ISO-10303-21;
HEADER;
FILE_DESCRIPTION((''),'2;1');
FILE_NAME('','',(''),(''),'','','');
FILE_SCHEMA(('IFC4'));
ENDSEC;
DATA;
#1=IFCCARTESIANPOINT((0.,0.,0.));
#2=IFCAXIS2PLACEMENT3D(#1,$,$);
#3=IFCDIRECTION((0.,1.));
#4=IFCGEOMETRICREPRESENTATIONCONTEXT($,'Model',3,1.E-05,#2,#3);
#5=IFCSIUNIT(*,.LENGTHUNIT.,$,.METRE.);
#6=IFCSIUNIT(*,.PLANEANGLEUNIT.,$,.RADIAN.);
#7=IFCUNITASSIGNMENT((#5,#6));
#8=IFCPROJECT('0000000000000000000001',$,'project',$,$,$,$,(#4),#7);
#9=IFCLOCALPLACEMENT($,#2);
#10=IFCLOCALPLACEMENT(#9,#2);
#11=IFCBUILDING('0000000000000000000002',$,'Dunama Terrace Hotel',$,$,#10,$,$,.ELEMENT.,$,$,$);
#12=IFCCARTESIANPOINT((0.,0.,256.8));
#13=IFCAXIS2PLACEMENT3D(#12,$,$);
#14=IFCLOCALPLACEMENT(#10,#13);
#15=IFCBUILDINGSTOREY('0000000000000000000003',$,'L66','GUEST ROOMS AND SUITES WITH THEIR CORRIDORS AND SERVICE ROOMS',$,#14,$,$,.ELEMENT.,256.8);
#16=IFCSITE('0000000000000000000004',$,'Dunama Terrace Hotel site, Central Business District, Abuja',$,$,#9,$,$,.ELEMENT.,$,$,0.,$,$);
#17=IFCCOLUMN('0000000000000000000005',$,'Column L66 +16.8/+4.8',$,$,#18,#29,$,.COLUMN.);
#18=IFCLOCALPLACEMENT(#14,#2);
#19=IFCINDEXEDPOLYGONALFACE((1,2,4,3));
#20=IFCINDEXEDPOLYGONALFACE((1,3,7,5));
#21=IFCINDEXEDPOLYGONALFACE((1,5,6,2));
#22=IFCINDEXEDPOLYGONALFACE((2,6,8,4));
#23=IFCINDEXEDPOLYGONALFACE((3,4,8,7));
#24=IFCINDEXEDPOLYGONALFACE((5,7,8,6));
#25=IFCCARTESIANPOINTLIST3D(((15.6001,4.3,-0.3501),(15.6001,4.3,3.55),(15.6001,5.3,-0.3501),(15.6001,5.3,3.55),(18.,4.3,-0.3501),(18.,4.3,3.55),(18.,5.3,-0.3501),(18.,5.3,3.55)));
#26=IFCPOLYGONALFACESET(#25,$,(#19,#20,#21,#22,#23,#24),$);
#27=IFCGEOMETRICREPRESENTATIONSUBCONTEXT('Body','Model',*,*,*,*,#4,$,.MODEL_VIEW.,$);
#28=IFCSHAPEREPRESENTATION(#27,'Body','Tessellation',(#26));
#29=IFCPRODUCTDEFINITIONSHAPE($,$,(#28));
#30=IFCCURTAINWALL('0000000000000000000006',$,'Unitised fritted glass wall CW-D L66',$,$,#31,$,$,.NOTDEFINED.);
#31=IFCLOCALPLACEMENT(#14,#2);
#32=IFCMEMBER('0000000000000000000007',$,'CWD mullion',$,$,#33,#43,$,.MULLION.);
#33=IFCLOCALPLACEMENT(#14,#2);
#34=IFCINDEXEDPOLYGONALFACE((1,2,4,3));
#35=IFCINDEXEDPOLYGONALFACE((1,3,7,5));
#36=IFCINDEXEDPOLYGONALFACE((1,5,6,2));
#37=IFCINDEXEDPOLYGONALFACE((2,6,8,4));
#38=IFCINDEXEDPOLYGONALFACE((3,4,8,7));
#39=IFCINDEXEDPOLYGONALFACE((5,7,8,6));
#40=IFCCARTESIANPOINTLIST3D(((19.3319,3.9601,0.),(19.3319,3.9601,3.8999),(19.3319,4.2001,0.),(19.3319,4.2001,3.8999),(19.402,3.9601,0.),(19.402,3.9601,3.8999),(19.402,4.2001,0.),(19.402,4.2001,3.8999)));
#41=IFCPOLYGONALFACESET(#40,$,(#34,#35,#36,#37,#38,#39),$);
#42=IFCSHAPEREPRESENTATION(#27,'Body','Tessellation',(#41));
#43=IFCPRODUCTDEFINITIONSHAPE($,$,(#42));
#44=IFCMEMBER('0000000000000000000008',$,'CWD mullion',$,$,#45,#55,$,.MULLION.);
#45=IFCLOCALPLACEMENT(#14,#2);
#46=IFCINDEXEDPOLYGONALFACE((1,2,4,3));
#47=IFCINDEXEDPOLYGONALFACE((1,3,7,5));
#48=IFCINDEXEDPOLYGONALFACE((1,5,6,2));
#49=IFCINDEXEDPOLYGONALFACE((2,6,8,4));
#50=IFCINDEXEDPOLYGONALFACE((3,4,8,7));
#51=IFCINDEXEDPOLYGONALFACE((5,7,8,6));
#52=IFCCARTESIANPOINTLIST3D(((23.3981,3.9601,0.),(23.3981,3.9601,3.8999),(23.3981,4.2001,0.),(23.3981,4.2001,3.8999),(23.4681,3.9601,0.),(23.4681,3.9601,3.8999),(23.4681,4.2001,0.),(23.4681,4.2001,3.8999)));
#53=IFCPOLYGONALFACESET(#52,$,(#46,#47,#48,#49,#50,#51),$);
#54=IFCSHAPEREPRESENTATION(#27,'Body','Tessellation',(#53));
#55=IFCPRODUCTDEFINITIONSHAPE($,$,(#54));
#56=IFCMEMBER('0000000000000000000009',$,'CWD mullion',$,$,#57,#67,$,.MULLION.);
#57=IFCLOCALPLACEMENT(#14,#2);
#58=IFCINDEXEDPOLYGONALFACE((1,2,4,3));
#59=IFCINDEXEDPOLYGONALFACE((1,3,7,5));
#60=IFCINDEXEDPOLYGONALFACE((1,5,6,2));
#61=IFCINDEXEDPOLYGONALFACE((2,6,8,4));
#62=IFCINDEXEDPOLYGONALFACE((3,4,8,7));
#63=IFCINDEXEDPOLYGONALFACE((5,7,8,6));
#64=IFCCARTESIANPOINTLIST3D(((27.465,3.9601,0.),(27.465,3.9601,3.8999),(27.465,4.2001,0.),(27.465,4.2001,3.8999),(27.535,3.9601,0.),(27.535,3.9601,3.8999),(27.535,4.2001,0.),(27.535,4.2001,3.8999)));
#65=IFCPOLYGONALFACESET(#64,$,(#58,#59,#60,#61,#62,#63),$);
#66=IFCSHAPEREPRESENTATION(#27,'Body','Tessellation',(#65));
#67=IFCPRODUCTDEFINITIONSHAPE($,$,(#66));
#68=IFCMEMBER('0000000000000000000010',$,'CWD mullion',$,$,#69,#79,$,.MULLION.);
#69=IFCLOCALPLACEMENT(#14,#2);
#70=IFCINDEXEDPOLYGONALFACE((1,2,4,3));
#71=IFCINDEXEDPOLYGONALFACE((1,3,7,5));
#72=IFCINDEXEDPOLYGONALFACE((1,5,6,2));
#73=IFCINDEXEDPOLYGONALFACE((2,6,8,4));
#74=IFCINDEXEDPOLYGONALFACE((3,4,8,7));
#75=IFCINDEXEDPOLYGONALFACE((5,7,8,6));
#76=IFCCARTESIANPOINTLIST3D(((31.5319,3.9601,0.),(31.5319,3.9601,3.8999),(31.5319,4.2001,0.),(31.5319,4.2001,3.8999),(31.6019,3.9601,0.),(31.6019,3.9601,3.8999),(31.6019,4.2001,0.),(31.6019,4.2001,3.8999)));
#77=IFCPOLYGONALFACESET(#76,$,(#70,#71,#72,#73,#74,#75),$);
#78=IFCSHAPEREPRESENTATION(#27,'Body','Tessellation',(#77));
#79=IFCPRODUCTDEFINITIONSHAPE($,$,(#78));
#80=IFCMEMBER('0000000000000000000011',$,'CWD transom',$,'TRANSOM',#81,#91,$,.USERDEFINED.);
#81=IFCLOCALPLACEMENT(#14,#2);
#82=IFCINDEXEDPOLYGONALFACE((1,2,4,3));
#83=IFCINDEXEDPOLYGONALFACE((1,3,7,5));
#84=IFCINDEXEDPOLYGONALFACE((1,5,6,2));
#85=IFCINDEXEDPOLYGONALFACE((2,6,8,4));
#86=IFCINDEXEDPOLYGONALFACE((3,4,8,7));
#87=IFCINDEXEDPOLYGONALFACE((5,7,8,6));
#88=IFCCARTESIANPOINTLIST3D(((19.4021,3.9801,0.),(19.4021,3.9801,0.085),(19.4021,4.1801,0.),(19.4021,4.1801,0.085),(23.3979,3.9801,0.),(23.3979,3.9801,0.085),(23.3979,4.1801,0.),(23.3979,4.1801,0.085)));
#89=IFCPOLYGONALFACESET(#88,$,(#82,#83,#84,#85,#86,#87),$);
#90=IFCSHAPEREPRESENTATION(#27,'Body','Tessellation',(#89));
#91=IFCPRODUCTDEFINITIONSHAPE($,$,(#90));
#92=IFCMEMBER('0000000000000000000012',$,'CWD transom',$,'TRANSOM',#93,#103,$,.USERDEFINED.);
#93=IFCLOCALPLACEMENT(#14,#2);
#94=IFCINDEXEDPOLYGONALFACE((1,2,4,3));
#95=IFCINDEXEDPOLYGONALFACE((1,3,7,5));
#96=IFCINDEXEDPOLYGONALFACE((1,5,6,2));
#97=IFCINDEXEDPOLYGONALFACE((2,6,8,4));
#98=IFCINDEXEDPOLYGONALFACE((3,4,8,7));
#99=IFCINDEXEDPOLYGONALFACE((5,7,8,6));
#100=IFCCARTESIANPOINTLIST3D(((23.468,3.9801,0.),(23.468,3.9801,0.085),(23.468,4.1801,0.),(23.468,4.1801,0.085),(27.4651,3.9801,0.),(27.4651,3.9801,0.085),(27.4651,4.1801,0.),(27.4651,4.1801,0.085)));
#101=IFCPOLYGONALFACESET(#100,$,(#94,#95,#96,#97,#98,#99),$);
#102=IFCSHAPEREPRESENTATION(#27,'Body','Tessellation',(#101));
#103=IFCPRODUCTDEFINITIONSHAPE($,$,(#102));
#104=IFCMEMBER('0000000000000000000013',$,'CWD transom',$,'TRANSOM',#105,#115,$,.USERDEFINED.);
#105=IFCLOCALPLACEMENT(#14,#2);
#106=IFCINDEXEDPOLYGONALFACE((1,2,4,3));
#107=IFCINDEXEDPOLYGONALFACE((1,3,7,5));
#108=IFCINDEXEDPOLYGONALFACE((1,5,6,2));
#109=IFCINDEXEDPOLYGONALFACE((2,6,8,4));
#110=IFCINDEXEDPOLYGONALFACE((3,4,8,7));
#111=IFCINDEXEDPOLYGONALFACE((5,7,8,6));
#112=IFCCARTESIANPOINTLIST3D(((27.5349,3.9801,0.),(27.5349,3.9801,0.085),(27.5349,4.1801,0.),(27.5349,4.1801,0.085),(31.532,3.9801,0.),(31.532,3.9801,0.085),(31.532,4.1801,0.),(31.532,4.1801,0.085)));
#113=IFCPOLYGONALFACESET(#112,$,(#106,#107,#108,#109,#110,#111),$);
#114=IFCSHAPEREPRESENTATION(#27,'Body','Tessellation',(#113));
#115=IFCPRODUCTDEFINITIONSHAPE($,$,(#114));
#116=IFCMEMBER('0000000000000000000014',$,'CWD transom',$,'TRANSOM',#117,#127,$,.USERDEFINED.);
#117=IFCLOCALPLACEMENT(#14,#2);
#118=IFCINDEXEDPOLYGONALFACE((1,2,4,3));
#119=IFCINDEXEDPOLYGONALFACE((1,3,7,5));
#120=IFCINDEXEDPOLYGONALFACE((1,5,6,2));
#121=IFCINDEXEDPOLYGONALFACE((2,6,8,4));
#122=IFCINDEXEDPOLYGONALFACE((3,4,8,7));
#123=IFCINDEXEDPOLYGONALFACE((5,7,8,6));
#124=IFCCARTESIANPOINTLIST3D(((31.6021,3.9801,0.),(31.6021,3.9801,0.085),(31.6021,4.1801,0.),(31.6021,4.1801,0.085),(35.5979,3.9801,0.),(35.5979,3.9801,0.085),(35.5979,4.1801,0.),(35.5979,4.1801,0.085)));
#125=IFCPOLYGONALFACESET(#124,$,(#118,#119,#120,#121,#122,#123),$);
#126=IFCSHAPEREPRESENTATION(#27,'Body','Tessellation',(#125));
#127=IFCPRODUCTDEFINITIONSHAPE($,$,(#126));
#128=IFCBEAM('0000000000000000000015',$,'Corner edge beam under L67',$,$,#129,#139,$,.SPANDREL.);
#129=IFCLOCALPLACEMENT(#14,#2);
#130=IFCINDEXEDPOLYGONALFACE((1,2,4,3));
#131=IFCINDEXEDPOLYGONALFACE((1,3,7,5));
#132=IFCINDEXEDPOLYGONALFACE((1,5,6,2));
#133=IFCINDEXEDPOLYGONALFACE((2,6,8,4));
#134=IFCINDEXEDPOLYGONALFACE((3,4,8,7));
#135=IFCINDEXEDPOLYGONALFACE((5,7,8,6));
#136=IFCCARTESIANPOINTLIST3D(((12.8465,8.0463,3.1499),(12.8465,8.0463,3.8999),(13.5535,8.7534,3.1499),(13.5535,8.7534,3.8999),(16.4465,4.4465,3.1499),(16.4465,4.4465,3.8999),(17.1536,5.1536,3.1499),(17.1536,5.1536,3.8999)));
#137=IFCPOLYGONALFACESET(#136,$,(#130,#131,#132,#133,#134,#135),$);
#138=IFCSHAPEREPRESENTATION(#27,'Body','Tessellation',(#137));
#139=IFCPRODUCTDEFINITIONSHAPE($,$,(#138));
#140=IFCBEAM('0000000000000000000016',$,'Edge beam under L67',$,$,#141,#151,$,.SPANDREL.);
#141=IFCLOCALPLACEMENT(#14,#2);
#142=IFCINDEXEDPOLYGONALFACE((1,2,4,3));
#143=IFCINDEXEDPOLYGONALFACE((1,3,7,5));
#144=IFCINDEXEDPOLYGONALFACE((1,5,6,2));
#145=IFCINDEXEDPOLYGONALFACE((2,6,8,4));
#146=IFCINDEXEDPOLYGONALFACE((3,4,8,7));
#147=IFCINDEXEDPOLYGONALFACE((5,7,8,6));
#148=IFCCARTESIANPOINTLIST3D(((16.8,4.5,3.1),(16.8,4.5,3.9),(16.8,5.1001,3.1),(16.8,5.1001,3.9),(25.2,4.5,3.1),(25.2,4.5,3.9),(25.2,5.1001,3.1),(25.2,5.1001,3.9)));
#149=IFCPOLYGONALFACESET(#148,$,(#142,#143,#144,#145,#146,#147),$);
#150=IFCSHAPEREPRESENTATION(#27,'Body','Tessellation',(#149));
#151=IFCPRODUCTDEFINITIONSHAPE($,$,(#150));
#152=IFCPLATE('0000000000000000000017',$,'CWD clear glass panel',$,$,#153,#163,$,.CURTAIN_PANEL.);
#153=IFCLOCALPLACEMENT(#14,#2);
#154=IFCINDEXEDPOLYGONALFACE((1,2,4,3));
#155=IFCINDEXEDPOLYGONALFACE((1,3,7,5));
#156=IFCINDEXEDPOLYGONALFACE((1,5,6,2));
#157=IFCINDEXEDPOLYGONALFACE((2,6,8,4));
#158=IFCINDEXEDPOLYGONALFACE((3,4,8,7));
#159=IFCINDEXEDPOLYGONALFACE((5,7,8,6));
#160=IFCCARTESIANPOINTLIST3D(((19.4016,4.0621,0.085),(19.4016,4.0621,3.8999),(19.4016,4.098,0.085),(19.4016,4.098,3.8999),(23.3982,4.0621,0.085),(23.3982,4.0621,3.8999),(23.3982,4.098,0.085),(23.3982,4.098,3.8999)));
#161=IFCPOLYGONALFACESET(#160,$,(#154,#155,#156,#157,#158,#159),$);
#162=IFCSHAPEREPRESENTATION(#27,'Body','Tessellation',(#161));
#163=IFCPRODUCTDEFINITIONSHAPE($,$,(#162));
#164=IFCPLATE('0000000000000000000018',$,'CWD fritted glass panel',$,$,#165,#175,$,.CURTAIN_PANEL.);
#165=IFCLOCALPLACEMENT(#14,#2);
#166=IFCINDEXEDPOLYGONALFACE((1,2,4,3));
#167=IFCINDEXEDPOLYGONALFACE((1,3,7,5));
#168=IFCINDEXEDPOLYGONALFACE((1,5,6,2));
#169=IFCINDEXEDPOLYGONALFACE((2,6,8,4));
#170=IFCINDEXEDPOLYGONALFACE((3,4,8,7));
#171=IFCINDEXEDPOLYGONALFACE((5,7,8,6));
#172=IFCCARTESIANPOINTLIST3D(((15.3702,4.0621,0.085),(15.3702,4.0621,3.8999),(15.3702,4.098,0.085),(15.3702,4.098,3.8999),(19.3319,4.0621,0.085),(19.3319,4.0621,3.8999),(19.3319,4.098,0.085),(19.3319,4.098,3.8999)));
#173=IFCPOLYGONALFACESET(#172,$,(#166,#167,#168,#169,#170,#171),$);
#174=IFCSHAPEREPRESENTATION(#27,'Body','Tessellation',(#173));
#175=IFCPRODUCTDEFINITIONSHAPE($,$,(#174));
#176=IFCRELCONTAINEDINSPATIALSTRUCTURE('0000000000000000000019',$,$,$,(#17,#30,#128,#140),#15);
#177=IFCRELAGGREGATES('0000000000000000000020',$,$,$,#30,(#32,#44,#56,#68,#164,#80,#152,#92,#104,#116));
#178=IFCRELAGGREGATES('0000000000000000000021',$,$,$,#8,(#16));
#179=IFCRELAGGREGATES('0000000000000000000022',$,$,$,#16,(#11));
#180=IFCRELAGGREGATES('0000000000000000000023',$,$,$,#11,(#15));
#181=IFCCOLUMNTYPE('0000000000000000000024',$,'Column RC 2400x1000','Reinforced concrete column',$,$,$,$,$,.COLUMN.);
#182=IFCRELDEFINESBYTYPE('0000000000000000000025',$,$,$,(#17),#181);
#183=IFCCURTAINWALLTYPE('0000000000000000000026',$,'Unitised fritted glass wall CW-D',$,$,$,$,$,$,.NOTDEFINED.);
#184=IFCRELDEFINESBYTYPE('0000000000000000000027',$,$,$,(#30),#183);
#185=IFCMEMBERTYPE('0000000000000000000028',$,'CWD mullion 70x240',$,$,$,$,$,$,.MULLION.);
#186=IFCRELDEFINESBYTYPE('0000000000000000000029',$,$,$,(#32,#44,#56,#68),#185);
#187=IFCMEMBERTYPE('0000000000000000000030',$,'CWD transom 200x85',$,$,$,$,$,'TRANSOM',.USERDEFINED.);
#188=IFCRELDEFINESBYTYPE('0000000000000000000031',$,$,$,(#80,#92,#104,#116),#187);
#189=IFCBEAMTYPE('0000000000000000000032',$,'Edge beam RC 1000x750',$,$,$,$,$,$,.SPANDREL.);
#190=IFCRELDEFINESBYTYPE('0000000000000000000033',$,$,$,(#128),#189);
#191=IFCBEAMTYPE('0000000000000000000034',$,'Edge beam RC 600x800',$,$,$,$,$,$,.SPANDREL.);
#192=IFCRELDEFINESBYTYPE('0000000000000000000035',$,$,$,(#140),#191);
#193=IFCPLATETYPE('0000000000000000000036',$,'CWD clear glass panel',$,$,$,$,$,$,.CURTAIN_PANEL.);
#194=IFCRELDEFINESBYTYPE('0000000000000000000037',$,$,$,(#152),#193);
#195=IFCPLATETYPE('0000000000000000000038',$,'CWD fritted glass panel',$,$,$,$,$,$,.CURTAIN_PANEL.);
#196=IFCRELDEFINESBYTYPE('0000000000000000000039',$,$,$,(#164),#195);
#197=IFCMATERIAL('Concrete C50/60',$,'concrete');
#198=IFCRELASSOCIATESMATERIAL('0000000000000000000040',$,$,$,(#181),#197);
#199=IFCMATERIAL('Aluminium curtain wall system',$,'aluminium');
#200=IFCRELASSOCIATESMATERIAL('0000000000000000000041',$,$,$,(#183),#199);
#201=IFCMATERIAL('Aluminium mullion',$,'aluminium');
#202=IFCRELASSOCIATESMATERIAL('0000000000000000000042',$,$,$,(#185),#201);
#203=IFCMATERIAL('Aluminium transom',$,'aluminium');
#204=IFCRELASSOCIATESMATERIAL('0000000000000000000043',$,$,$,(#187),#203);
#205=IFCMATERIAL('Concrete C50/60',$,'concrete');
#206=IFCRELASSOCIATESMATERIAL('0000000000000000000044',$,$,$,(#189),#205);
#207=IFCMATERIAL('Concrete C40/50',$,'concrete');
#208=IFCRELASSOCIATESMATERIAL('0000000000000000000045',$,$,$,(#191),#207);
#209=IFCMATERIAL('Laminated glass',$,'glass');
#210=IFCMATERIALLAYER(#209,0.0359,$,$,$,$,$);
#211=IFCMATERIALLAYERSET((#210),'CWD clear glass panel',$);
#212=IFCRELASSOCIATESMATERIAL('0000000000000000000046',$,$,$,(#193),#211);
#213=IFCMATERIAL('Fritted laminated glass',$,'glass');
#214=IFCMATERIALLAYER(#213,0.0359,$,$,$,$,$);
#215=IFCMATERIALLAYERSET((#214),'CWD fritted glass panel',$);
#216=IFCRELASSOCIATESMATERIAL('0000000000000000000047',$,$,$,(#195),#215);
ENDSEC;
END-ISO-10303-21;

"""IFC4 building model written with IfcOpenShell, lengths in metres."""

from ifc_helpers import new_model, si_unit, direction, frame, origin, origin_2d, place, context, subcontext, project, spatial, rectangle, extrude, material, layer, layer_set, material_profile, profile_set, type_object, element, aggregate, save


model = new_model("IFC4")

# Units and contexts
model_context = context("Model", 3, precision=1e-05, world=origin(), true_north=direction((0.0, 1.0)))
body_context = subcontext(model_context, "Body", "Model", "MODEL_VIEW")
ifc_project = project(units=[si_unit("LENGTHUNIT", "METRE"), si_unit("PLANEANGLEUNIT", "RADIAN")], contexts=[model_context])

# Site, building, storey
site_placement = place(None, origin())
site = spatial("IfcSite", under=ifc_project, at=site_placement, Name="Dunama Terrace Hotel site, Central Business District, Abuja", CompositionType="ELEMENT", RefElevation=0.0)
building_placement = place(site_placement, origin())
building = spatial("IfcBuilding", under=site, at=building_placement, Name="Dunama Terrace Hotel", CompositionType="ELEMENT")
storey_placement = place(building_placement, frame((0.0, 0.0, 256.8)))
storey = spatial("IfcBuildingStorey", under=building, at=storey_placement, Name="L66", Description="GUEST ROOMS AND SUITES WITH THEIR CORRIDORS AND SERVICE ROOMS", CompositionType="ELEMENT", Elevation=256.8)

# Column
ifc_material_1 = material(Name="Concrete C50/60", Category="concrete")
ifc_material_profile_1 = material_profile(ifc_material_1, rectangle(XDim=2.3999, YDim=1.0, at=origin_2d()), Name="RC 2400x1000")
ifc_profile_set_1 = profile_set([ifc_material_profile_1], Name="Concrete C50/60")
column_type = type_object("IfcColumnType", Name="Column RC 2400x1000", Description="Reinforced concrete column", PredefinedType="COLUMN", material=ifc_profile_set_1)
column_placement = place(storey_placement, frame((16.8, 4.8, -0.3501), z_axis=(0.0, 0.0, 1.0), x_axis=(1.0, 0.0, 0.0)))
element("IfcColumn", 1, at=column_placement, inside=storey, type_object=column_type, Name="Column L66 +16.8/+4.8", PredefinedType="COLUMN", context=body_context, shape_type="SweptSolid", body=[
    extrude(rectangle(XDim=2.3999, YDim=1.0, at=origin_2d()), origin(), (0.0, 0.0, 1.0), 3.9001),
])

# Curtain wall, members
ifc_material_2 = material(Name="Aluminium curtain wall system", Category="aluminium")
curtain_wall_type = type_object("IfcCurtainWallType", Name="Unitised fritted glass wall CW-D", PredefinedType="NOTDEFINED", material=ifc_material_2)
curtain_wall_placement = place(storey_placement, origin())
curtain_wall = element("IfcCurtainWall", 2, at=curtain_wall_placement, inside=storey, type_object=curtain_wall_type, Name="Unitised fritted glass wall CW-D L66", PredefinedType="NOTDEFINED")
ifc_material_3 = material(Name="Aluminium mullion", Category="aluminium")
ifc_material_profile_2 = material_profile(ifc_material_3, rectangle(XDim=0.0701, YDim=0.24, at=origin_2d()), Name="CWD MULLION 70X240")
ifc_profile_set_2 = profile_set([ifc_material_profile_2], Name="Aluminium mullion")
member_type_1 = type_object("IfcMemberType", Name="CWD mullion 70x240", PredefinedType="MULLION", material=ifc_profile_set_2)
member_1_placement = place(storey_placement, frame((19.3669, 4.0801, 0.0), z_axis=(0.0, 0.0, 1.0), x_axis=(1.0, 0.0, 0.0)))
member_1 = element("IfcMember", 3, at=member_1_placement, type_object=member_type_1, Name="CWD mullion", PredefinedType="MULLION", context=body_context, shape_type="SweptSolid", body=[
    extrude(rectangle(XDim=0.0701, YDim=0.24, at=origin_2d()), origin(), (0.0, 0.0, 1.0), 3.8999),
])
member_2_placement = place(storey_placement, frame((23.4331, 4.0801, 0.0), z_axis=(0.0, 0.0, 1.0), x_axis=(1.0, 0.0, 0.0)))
member_2 = element("IfcMember", 4, at=member_2_placement, type_object=member_type_1, Name="CWD mullion", PredefinedType="MULLION", context=body_context, shape_type="SweptSolid", body=[
    extrude(rectangle(XDim=0.0701, YDim=0.24, at=origin_2d()), origin(), (0.0, 0.0, 1.0), 3.8999),
])
member_3_placement = place(storey_placement, frame((27.5, 4.0801, 0.0), z_axis=(0.0, 0.0, 1.0), x_axis=(1.0, 0.0, 0.0)))
member_3 = element("IfcMember", 5, at=member_3_placement, type_object=member_type_1, Name="CWD mullion", PredefinedType="MULLION", context=body_context, shape_type="SweptSolid", body=[
    extrude(rectangle(XDim=0.0701, YDim=0.24, at=origin_2d()), origin(), (0.0, 0.0, 1.0), 3.8999),
])
member_4_placement = place(storey_placement, frame((31.5669, 4.0801, 0.0), z_axis=(0.0, 0.0, 1.0), x_axis=(1.0, 0.0, 0.0)))
member_4 = element("IfcMember", 6, at=member_4_placement, type_object=member_type_1, Name="CWD mullion", PredefinedType="MULLION", context=body_context, shape_type="SweptSolid", body=[
    extrude(rectangle(XDim=0.0701, YDim=0.24, at=origin_2d()), origin(), (0.0, 0.0, 1.0), 3.8999),
])
ifc_material_4 = material(Name="Aluminium transom", Category="aluminium")
ifc_material_profile_3 = material_profile(ifc_material_4, rectangle(XDim=0.2, YDim=0.085, at=origin_2d()), Name="CWD TRANSOM 200X85")
ifc_profile_set_3 = profile_set([ifc_material_profile_3], Name="Aluminium transom")
member_type_2 = type_object("IfcMemberType", Name="CWD transom 200x85", ElementType="TRANSOM", PredefinedType="USERDEFINED", material=ifc_profile_set_3)
member_5_placement = place(storey_placement, frame((19.4021, 4.0801, 0.0425), z_axis=(1.0, 0.0, 0.0), x_axis=(0.0, 1.0, 0.0)))
member_5 = element("IfcMember", 7, at=member_5_placement, type_object=member_type_2, Name="CWD transom", ObjectType="TRANSOM", PredefinedType="USERDEFINED", context=body_context, shape_type="SweptSolid", body=[
    extrude(rectangle(XDim=0.2, YDim=0.085, at=origin_2d()), origin(), (0.0, 0.0, 1.0), 3.9958),
])
member_6_placement = place(storey_placement, frame((23.468, 4.0801, 0.0425), z_axis=(1.0, 0.0, 0.0), x_axis=(0.0, 1.0, 0.0)))
member_6 = element("IfcMember", 8, at=member_6_placement, type_object=member_type_2, Name="CWD transom", ObjectType="TRANSOM", PredefinedType="USERDEFINED", context=body_context, shape_type="SweptSolid", body=[
    extrude(rectangle(XDim=0.2, YDim=0.085, at=origin_2d()), origin(), (0.0, 0.0, 1.0), 3.9971),
])
member_7_placement = place(storey_placement, frame((27.5349, 4.0801, 0.0425), z_axis=(1.0, 0.0, 0.0), x_axis=(0.0, 1.0, 0.0)))
member_7 = element("IfcMember", 9, at=member_7_placement, type_object=member_type_2, Name="CWD transom", ObjectType="TRANSOM", PredefinedType="USERDEFINED", context=body_context, shape_type="SweptSolid", body=[
    extrude(rectangle(XDim=0.2, YDim=0.085, at=origin_2d()), origin(), (0.0, 0.0, 1.0), 3.9971),
])
member_8_placement = place(storey_placement, frame((31.6021, 4.0801, 0.0425), z_axis=(1.0, 0.0, 0.0), x_axis=(0.0, 1.0, 0.0)))
member_8 = element("IfcMember", 10, at=member_8_placement, type_object=member_type_2, Name="CWD transom", ObjectType="TRANSOM", PredefinedType="USERDEFINED", context=body_context, shape_type="SweptSolid", body=[
    extrude(rectangle(XDim=0.2, YDim=0.085, at=origin_2d()), origin(), (0.0, 0.0, 1.0), 3.9958),
])

# Beams
ifc_material_5 = material(Name="Concrete C50/60", Category="concrete")
ifc_material_profile_4 = material_profile(ifc_material_5, rectangle(XDim=1.0, YDim=0.75, at=origin_2d()), Name="RC 1000x750")
ifc_profile_set_4 = profile_set([ifc_material_profile_4], Name="Concrete C50/60")
beam_type_1 = type_object("IfcBeamType", Name="Edge beam RC 1000x750", PredefinedType="SPANDREL", material=ifc_profile_set_4)
beam_1_placement = place(storey_placement, frame((16.8, 4.8, 3.5249), z_axis=(-0.707131, 0.707083, 0.0), x_axis=(-0.707083, -0.707131, 0.0)))
element("IfcBeam", 11, at=beam_1_placement, inside=storey, type_object=beam_type_1, Name="Corner edge beam under L67", PredefinedType="SPANDREL", context=body_context, shape_type="SweptSolid", body=[
    extrude(rectangle(XDim=1.0, YDim=0.75, at=origin_2d()), origin(), (0.0, 0.0, 1.0), 5.0911),
])
ifc_material_6 = material(Name="Concrete C40/50", Category="concrete")
ifc_material_profile_5 = material_profile(ifc_material_6, rectangle(XDim=0.6001, YDim=0.8, at=origin_2d()), Name="RC 600x800")
ifc_profile_set_5 = profile_set([ifc_material_profile_5], Name="Concrete C40/50")
beam_type_2 = type_object("IfcBeamType", Name="Edge beam RC 600x800", PredefinedType="SPANDREL", material=ifc_profile_set_5)
beam_2_placement = place(storey_placement, frame((16.8, 4.8, 3.5), z_axis=(1.0, 0.0, 0.0), x_axis=(0.0, 1.0, 0.0)))
element("IfcBeam", 12, at=beam_2_placement, inside=storey, type_object=beam_type_2, Name="Edge beam under L67", PredefinedType="SPANDREL", context=body_context, shape_type="SweptSolid", body=[
    extrude(rectangle(XDim=0.6001, YDim=0.8, at=origin_2d()), origin(), (0.0, 0.0, 1.0), 8.3999),
])

# Plates
ifc_material_7 = material(Name="Laminated glass", Category="glass")
ifc_layer_1 = layer(ifc_material_7, 0.0359)
ifc_layer_set_1 = layer_set([ifc_layer_1], Name="CWD clear glass panel")
plate_type_1 = type_object("IfcPlateType", Name="CWD clear glass panel", PredefinedType="CURTAIN_PANEL", material=ifc_layer_set_1)
plate_1_placement = place(storey_placement, frame((21.3999, 4.0801, 0.085), z_axis=(0.0, 0.0, 1.0), x_axis=(1.0, 0.0, 0.0)))
plate_1 = element("IfcPlate", 13, at=plate_1_placement, type_object=plate_type_1, Name="CWD clear glass panel", PredefinedType="CURTAIN_PANEL", context=body_context, shape_type="SweptSolid", body=[
    extrude(rectangle(XDim=3.9966, YDim=0.0359, at=origin_2d()), origin(), (0.0, 0.0, 1.0), 3.8149),
])
ifc_material_8 = material(Name="Fritted laminated glass", Category="glass")
ifc_layer_2 = layer(ifc_material_8, 0.0359)
ifc_layer_set_2 = layer_set([ifc_layer_2], Name="CWD fritted glass panel")
plate_type_2 = type_object("IfcPlateType", Name="CWD fritted glass panel", PredefinedType="CURTAIN_PANEL", material=ifc_layer_set_2)
plate_2_placement = place(storey_placement, frame((17.3511, 4.0801, 0.085), z_axis=(0.0, 0.0, 1.0), x_axis=(1.0, 0.0, 0.0)))
plate_2 = element("IfcPlate", 14, at=plate_2_placement, type_object=plate_type_2, Name="CWD fritted glass panel", PredefinedType="CURTAIN_PANEL", context=body_context, shape_type="SweptSolid", body=[
    extrude(rectangle(XDim=3.9617, YDim=0.0359, at=origin_2d()), origin(), (0.0, 0.0, 1.0), 3.8149),
])
aggregate(curtain_wall, [member_1, member_2, member_3, member_4, plate_2, member_5, plate_1, member_6, member_7, member_8])

save(model, "model.ifc")
